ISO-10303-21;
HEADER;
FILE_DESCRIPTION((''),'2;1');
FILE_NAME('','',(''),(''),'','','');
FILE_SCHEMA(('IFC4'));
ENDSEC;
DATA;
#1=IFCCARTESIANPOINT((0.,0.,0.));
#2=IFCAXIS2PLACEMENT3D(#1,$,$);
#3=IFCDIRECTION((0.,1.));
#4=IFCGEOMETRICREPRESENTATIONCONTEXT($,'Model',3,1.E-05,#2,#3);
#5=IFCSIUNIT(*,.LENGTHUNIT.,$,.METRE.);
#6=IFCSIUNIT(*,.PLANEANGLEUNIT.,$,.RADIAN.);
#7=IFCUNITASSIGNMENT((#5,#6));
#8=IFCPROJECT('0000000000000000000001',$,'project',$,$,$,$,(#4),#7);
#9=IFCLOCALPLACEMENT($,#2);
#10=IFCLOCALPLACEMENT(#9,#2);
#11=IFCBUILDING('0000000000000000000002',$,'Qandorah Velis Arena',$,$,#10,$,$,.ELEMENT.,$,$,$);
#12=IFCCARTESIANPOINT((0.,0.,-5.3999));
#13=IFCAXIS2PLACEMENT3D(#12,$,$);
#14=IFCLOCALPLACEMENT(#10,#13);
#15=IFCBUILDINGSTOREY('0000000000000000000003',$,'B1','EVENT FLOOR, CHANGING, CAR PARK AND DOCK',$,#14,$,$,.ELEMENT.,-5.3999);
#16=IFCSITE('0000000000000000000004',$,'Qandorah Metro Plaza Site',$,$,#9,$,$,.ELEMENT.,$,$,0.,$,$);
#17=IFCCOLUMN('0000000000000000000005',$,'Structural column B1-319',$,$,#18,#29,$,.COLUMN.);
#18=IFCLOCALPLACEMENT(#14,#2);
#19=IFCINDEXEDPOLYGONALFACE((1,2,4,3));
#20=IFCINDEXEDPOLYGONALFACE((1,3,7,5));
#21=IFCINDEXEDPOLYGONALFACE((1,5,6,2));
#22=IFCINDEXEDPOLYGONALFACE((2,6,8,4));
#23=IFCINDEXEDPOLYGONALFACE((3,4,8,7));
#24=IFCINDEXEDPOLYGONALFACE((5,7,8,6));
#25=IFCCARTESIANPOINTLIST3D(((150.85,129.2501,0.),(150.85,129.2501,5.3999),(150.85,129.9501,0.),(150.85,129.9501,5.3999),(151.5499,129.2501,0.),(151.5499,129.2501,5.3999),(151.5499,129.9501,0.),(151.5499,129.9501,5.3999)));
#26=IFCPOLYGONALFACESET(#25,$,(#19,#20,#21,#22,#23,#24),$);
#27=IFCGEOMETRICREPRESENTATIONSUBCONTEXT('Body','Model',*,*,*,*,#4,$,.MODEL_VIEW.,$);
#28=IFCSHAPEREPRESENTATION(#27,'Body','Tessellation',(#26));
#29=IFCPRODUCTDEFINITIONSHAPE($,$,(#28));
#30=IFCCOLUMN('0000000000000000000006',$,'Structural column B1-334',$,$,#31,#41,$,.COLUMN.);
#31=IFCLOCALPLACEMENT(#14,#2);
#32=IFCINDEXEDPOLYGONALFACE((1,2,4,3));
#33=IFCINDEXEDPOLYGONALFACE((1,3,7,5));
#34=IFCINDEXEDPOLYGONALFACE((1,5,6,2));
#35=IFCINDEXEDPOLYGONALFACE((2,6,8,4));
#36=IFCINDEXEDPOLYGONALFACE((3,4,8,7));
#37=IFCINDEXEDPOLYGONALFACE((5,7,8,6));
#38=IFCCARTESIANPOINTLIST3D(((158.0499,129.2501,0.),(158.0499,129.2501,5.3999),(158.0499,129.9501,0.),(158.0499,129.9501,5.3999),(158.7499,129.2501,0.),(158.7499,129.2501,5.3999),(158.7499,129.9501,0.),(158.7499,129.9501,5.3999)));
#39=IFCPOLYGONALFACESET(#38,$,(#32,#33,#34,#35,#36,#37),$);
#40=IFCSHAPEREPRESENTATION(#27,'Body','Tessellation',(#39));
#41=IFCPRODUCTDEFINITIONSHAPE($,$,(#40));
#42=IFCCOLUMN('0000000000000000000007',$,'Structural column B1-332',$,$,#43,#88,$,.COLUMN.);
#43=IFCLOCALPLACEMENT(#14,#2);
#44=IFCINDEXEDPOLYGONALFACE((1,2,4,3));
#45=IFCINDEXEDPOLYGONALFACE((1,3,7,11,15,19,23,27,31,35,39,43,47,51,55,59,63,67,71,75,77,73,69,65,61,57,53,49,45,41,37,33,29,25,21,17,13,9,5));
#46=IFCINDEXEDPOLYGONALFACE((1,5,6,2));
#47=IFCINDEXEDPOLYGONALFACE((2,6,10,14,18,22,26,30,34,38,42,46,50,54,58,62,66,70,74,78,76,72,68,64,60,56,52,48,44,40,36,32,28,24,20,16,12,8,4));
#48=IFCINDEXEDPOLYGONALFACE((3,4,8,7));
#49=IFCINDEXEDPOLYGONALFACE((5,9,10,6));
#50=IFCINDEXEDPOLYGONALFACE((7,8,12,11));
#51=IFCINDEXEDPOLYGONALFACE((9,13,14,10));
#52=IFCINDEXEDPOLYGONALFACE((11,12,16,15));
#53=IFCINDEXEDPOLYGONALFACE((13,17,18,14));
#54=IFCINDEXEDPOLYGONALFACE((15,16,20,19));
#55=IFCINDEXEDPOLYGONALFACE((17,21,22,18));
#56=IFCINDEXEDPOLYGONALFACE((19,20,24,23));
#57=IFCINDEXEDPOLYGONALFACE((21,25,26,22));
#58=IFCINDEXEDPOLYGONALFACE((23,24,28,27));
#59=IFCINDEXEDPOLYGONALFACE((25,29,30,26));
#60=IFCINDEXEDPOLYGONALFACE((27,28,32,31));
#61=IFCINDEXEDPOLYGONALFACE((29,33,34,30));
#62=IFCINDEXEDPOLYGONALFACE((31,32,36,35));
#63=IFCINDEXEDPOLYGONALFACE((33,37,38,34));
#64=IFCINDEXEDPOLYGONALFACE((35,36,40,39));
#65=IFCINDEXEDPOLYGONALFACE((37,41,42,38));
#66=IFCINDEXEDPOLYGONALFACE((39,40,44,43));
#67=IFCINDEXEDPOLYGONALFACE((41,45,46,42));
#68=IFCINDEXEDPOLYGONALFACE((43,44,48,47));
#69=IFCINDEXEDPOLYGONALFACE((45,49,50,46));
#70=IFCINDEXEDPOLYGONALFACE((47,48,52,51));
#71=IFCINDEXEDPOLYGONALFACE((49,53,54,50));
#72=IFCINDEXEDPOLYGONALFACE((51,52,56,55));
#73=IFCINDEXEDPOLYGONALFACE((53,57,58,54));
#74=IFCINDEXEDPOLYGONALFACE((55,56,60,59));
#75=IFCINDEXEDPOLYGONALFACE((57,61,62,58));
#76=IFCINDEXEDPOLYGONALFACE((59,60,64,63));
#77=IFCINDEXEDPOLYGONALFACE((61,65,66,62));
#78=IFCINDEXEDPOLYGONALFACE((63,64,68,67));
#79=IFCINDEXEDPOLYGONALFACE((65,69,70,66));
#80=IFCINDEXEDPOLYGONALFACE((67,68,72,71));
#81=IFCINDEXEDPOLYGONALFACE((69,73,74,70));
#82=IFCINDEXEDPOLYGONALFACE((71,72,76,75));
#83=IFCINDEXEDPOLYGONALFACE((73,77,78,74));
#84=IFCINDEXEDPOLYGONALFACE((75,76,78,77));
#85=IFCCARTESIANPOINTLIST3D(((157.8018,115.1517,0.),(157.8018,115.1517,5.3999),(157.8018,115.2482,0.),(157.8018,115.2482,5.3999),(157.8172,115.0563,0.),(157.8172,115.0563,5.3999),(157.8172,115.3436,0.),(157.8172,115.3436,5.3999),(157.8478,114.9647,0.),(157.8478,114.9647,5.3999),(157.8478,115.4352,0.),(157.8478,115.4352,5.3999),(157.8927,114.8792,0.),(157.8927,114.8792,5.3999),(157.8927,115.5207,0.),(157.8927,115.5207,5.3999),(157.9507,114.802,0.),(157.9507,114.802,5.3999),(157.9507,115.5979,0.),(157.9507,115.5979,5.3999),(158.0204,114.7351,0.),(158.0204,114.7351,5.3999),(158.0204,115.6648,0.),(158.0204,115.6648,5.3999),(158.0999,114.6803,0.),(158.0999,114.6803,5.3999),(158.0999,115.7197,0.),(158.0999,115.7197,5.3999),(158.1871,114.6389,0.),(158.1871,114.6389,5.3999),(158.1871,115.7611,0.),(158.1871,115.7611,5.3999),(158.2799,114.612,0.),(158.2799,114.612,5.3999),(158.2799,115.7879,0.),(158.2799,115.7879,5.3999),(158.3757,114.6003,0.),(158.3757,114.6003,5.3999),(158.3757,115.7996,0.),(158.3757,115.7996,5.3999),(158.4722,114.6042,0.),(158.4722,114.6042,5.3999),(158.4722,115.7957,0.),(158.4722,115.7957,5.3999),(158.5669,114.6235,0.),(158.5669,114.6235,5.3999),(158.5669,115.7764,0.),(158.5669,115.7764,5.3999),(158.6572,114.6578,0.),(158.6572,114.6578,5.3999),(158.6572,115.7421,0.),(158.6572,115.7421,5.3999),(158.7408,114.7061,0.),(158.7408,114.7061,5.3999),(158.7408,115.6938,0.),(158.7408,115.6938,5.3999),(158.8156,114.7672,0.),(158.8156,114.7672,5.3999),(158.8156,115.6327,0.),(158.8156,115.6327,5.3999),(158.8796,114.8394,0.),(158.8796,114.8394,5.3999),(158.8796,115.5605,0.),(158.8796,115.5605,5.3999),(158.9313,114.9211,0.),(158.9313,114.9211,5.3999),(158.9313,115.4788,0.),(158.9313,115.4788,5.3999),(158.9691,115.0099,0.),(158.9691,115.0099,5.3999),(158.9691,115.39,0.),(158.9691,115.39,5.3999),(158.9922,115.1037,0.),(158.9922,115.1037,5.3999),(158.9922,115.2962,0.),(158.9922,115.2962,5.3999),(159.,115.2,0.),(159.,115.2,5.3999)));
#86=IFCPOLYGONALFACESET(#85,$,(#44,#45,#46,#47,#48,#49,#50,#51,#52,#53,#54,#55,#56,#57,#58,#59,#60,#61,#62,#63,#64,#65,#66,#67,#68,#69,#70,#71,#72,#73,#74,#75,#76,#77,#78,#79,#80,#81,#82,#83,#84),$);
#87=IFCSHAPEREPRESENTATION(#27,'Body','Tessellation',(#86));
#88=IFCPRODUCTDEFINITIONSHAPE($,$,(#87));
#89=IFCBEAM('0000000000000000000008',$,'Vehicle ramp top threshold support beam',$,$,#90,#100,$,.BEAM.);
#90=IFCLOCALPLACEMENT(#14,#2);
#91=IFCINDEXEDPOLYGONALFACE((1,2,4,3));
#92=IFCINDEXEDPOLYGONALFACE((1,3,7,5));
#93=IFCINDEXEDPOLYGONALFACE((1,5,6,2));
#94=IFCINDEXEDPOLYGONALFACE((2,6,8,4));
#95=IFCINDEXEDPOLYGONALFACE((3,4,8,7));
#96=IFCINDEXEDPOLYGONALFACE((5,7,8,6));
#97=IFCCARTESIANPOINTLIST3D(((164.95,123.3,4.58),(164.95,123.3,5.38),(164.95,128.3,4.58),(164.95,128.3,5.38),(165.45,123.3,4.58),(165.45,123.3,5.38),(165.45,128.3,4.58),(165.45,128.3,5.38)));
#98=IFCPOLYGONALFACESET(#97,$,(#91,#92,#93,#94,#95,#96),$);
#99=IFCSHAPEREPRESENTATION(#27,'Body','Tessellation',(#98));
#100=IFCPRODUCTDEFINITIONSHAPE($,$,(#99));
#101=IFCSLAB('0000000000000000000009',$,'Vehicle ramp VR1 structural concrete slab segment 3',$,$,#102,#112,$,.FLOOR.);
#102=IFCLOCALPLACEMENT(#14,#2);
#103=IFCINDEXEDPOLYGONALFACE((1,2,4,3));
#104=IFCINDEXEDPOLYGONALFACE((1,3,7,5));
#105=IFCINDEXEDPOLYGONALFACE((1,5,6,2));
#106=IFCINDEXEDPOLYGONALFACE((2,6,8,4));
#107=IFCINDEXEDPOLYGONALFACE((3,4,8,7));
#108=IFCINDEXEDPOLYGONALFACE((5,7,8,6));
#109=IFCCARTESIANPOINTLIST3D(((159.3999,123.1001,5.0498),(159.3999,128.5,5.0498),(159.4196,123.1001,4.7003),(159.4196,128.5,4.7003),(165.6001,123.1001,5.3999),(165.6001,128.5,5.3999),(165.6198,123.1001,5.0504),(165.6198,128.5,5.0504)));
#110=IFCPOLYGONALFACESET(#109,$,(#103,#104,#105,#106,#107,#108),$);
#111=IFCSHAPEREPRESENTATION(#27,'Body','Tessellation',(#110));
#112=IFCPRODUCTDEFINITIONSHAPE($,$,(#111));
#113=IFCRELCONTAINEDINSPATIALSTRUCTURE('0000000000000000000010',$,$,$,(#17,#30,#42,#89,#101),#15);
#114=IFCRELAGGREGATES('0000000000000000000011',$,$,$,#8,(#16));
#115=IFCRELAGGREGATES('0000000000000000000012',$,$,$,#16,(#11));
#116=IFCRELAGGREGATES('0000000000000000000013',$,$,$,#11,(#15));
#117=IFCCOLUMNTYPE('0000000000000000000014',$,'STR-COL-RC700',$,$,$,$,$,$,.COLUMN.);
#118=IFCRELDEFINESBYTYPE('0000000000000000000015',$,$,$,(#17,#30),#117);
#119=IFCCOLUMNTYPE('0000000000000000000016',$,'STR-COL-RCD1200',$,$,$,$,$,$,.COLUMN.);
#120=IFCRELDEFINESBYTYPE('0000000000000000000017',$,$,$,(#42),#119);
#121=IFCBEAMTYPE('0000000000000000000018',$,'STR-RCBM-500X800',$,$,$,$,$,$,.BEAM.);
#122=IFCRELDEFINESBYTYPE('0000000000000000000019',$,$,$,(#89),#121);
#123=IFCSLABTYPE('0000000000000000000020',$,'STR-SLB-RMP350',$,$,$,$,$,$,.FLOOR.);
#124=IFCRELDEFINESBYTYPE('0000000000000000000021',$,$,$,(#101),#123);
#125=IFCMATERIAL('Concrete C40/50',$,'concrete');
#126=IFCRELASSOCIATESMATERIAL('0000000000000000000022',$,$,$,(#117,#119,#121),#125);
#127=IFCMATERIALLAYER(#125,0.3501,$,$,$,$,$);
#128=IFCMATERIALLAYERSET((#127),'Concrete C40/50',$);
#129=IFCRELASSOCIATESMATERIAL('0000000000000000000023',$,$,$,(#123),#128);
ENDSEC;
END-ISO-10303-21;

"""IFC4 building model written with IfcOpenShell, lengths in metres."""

from ifc_helpers import new_model, si_unit, direction, frame, origin, origin_2d, place, context, subcontext, project, spatial, polyline, rectangle, circle, outline, extrude, material, layer, layer_set, material_profile, profile_set, type_object, element, save


model = new_model("IFC4")

# Units and contexts
model_context = context("Model", 3, precision=1e-05, world=origin(), true_north=direction((0.0, 1.0)))
body_context = subcontext(model_context, "Body", "Model", "MODEL_VIEW")
ifc_project = project(units=[si_unit("LENGTHUNIT", "METRE"), si_unit("PLANEANGLEUNIT", "RADIAN")], contexts=[model_context])

# Site, building, storey
site_placement = place(None, origin())
site = spatial("IfcSite", under=ifc_project, at=site_placement, Name="Qandorah Metro Plaza Site", CompositionType="ELEMENT", RefElevation=0.0)
building_placement = place(site_placement, origin())
building = spatial("IfcBuilding", under=site, at=building_placement, Name="Qandorah Velis Arena", CompositionType="ELEMENT")
storey_placement = place(building_placement, frame((0.0, 0.0, -5.3999)))
storey = spatial("IfcBuildingStorey", under=building, at=storey_placement, Name="B1", Description="EVENT FLOOR, CHANGING, CAR PARK AND DOCK", CompositionType="ELEMENT", Elevation=-5.3999)

# Shared definitions
ifc_material = material(Name="Concrete C40/50", Category="concrete")

# Columns
ifc_material_profile_1 = material_profile(ifc_material, rectangle(XDim=0.7, YDim=0.7, at=origin_2d()), Name="RC COL 700x700")
ifc_profile_set_1 = profile_set([ifc_material_profile_1], Name="Concrete C40/50")
column_type_1 = type_object("IfcColumnType", Name="STR-COL-RC700", PredefinedType="COLUMN", material=ifc_profile_set_1)
for number, where, z_axis, x_axis, name in (
    (1, (151.2, 129.6001, 0.0), (0.0, 0.0, 1.0), (1.0, 0.0, 0.0), "Structural column B1-319"),
    (2, (158.3999, 129.6001, 0.0), (0.0, 0.0, 1.0), (1.0, 0.0, 0.0), "Structural column B1-334"),
):
    element("IfcColumn", number, at=place(storey_placement, frame(where, z_axis=z_axis, x_axis=x_axis)), inside=storey, type_object=column_type_1, Name=name, PredefinedType="COLUMN", context=body_context, shape_type="SweptSolid", body=[
        extrude(rectangle(XDim=0.7, YDim=0.7, at=origin_2d()), origin(), (0.0, 0.0, 1.0), 5.3999),
    ])
ifc_material_profile_2 = material_profile(ifc_material, circle(Radius=0.6001, at=origin_2d()), Name="RC D1200")
ifc_profile_set_2 = profile_set([ifc_material_profile_2], Name="Concrete C40/50")
column_type_2 = type_object("IfcColumnType", Name="STR-COL-RCD1200", PredefinedType="COLUMN", material=ifc_profile_set_2)
column_1_placement = place(storey_placement, frame((158.3999, 115.2, 0.0), z_axis=(0.0, 0.0, 1.0), x_axis=(1.0, 0.0, 0.0)))
element("IfcColumn", 3, at=column_1_placement, inside=storey, type_object=column_type_2, Name="Structural column B1-332", PredefinedType="COLUMN", context=body_context, shape_type="SweptSolid", body=[
    extrude(circle(Radius=0.6001, at=origin_2d()), origin(), (0.0, 0.0, 1.0), 5.3999),
])

# Beam
ifc_material_profile_3 = material_profile(ifc_material, rectangle(XDim=0.5, YDim=0.8, at=origin_2d()), Name="RC BM 500x800")
ifc_profile_set_3 = profile_set([ifc_material_profile_3], Name="Concrete C40/50")
beam_type = type_object("IfcBeamType", Name="STR-RCBM-500X800", PredefinedType="BEAM", material=ifc_profile_set_3)
beam_placement = place(storey_placement, frame((165.2, 123.3, 4.98), z_axis=(0.0, 1.0, 0.0), x_axis=(-1.0, 0.0, 0.0)))
element("IfcBeam", 4, at=beam_placement, inside=storey, type_object=beam_type, Name="Vehicle ramp top threshold support beam", PredefinedType="BEAM", context=body_context, shape_type="SweptSolid", body=[
    extrude(rectangle(XDim=0.5, YDim=0.8, at=origin_2d()), origin(), (0.0, 0.0, 1.0), 5.0),
])

# Slab
ifc_layer = layer(ifc_material, 0.3501)
ifc_layer_set = layer_set([ifc_layer], Name="Concrete C40/50")
slab_type = type_object("IfcSlabType", Name="STR-SLB-RMP350", PredefinedType="FLOOR", material=ifc_layer_set)
slab_placement = place(storey_placement, frame((159.3999, 123.1001, 5.0498), z_axis=(-0.056376, 0.0, 0.99841), x_axis=(0.99841, 0.0, 0.056376)))
element("IfcSlab", 5, at=slab_placement, inside=storey, type_object=slab_type, Name="Vehicle ramp VR1 structural concrete slab segment 3", PredefinedType="FLOOR", context=body_context, shape_type="SweptSolid", body=[
    extrude(outline(polyline([(0.0, 0.0), (6.2101, 0.0), (6.2101, 5.3999), (0.0, 5.3999), (0.0, 0.0)])), origin(), (0.0, 0.0, -1.0), 0.3501),
])

save(model, "model.ifc")
